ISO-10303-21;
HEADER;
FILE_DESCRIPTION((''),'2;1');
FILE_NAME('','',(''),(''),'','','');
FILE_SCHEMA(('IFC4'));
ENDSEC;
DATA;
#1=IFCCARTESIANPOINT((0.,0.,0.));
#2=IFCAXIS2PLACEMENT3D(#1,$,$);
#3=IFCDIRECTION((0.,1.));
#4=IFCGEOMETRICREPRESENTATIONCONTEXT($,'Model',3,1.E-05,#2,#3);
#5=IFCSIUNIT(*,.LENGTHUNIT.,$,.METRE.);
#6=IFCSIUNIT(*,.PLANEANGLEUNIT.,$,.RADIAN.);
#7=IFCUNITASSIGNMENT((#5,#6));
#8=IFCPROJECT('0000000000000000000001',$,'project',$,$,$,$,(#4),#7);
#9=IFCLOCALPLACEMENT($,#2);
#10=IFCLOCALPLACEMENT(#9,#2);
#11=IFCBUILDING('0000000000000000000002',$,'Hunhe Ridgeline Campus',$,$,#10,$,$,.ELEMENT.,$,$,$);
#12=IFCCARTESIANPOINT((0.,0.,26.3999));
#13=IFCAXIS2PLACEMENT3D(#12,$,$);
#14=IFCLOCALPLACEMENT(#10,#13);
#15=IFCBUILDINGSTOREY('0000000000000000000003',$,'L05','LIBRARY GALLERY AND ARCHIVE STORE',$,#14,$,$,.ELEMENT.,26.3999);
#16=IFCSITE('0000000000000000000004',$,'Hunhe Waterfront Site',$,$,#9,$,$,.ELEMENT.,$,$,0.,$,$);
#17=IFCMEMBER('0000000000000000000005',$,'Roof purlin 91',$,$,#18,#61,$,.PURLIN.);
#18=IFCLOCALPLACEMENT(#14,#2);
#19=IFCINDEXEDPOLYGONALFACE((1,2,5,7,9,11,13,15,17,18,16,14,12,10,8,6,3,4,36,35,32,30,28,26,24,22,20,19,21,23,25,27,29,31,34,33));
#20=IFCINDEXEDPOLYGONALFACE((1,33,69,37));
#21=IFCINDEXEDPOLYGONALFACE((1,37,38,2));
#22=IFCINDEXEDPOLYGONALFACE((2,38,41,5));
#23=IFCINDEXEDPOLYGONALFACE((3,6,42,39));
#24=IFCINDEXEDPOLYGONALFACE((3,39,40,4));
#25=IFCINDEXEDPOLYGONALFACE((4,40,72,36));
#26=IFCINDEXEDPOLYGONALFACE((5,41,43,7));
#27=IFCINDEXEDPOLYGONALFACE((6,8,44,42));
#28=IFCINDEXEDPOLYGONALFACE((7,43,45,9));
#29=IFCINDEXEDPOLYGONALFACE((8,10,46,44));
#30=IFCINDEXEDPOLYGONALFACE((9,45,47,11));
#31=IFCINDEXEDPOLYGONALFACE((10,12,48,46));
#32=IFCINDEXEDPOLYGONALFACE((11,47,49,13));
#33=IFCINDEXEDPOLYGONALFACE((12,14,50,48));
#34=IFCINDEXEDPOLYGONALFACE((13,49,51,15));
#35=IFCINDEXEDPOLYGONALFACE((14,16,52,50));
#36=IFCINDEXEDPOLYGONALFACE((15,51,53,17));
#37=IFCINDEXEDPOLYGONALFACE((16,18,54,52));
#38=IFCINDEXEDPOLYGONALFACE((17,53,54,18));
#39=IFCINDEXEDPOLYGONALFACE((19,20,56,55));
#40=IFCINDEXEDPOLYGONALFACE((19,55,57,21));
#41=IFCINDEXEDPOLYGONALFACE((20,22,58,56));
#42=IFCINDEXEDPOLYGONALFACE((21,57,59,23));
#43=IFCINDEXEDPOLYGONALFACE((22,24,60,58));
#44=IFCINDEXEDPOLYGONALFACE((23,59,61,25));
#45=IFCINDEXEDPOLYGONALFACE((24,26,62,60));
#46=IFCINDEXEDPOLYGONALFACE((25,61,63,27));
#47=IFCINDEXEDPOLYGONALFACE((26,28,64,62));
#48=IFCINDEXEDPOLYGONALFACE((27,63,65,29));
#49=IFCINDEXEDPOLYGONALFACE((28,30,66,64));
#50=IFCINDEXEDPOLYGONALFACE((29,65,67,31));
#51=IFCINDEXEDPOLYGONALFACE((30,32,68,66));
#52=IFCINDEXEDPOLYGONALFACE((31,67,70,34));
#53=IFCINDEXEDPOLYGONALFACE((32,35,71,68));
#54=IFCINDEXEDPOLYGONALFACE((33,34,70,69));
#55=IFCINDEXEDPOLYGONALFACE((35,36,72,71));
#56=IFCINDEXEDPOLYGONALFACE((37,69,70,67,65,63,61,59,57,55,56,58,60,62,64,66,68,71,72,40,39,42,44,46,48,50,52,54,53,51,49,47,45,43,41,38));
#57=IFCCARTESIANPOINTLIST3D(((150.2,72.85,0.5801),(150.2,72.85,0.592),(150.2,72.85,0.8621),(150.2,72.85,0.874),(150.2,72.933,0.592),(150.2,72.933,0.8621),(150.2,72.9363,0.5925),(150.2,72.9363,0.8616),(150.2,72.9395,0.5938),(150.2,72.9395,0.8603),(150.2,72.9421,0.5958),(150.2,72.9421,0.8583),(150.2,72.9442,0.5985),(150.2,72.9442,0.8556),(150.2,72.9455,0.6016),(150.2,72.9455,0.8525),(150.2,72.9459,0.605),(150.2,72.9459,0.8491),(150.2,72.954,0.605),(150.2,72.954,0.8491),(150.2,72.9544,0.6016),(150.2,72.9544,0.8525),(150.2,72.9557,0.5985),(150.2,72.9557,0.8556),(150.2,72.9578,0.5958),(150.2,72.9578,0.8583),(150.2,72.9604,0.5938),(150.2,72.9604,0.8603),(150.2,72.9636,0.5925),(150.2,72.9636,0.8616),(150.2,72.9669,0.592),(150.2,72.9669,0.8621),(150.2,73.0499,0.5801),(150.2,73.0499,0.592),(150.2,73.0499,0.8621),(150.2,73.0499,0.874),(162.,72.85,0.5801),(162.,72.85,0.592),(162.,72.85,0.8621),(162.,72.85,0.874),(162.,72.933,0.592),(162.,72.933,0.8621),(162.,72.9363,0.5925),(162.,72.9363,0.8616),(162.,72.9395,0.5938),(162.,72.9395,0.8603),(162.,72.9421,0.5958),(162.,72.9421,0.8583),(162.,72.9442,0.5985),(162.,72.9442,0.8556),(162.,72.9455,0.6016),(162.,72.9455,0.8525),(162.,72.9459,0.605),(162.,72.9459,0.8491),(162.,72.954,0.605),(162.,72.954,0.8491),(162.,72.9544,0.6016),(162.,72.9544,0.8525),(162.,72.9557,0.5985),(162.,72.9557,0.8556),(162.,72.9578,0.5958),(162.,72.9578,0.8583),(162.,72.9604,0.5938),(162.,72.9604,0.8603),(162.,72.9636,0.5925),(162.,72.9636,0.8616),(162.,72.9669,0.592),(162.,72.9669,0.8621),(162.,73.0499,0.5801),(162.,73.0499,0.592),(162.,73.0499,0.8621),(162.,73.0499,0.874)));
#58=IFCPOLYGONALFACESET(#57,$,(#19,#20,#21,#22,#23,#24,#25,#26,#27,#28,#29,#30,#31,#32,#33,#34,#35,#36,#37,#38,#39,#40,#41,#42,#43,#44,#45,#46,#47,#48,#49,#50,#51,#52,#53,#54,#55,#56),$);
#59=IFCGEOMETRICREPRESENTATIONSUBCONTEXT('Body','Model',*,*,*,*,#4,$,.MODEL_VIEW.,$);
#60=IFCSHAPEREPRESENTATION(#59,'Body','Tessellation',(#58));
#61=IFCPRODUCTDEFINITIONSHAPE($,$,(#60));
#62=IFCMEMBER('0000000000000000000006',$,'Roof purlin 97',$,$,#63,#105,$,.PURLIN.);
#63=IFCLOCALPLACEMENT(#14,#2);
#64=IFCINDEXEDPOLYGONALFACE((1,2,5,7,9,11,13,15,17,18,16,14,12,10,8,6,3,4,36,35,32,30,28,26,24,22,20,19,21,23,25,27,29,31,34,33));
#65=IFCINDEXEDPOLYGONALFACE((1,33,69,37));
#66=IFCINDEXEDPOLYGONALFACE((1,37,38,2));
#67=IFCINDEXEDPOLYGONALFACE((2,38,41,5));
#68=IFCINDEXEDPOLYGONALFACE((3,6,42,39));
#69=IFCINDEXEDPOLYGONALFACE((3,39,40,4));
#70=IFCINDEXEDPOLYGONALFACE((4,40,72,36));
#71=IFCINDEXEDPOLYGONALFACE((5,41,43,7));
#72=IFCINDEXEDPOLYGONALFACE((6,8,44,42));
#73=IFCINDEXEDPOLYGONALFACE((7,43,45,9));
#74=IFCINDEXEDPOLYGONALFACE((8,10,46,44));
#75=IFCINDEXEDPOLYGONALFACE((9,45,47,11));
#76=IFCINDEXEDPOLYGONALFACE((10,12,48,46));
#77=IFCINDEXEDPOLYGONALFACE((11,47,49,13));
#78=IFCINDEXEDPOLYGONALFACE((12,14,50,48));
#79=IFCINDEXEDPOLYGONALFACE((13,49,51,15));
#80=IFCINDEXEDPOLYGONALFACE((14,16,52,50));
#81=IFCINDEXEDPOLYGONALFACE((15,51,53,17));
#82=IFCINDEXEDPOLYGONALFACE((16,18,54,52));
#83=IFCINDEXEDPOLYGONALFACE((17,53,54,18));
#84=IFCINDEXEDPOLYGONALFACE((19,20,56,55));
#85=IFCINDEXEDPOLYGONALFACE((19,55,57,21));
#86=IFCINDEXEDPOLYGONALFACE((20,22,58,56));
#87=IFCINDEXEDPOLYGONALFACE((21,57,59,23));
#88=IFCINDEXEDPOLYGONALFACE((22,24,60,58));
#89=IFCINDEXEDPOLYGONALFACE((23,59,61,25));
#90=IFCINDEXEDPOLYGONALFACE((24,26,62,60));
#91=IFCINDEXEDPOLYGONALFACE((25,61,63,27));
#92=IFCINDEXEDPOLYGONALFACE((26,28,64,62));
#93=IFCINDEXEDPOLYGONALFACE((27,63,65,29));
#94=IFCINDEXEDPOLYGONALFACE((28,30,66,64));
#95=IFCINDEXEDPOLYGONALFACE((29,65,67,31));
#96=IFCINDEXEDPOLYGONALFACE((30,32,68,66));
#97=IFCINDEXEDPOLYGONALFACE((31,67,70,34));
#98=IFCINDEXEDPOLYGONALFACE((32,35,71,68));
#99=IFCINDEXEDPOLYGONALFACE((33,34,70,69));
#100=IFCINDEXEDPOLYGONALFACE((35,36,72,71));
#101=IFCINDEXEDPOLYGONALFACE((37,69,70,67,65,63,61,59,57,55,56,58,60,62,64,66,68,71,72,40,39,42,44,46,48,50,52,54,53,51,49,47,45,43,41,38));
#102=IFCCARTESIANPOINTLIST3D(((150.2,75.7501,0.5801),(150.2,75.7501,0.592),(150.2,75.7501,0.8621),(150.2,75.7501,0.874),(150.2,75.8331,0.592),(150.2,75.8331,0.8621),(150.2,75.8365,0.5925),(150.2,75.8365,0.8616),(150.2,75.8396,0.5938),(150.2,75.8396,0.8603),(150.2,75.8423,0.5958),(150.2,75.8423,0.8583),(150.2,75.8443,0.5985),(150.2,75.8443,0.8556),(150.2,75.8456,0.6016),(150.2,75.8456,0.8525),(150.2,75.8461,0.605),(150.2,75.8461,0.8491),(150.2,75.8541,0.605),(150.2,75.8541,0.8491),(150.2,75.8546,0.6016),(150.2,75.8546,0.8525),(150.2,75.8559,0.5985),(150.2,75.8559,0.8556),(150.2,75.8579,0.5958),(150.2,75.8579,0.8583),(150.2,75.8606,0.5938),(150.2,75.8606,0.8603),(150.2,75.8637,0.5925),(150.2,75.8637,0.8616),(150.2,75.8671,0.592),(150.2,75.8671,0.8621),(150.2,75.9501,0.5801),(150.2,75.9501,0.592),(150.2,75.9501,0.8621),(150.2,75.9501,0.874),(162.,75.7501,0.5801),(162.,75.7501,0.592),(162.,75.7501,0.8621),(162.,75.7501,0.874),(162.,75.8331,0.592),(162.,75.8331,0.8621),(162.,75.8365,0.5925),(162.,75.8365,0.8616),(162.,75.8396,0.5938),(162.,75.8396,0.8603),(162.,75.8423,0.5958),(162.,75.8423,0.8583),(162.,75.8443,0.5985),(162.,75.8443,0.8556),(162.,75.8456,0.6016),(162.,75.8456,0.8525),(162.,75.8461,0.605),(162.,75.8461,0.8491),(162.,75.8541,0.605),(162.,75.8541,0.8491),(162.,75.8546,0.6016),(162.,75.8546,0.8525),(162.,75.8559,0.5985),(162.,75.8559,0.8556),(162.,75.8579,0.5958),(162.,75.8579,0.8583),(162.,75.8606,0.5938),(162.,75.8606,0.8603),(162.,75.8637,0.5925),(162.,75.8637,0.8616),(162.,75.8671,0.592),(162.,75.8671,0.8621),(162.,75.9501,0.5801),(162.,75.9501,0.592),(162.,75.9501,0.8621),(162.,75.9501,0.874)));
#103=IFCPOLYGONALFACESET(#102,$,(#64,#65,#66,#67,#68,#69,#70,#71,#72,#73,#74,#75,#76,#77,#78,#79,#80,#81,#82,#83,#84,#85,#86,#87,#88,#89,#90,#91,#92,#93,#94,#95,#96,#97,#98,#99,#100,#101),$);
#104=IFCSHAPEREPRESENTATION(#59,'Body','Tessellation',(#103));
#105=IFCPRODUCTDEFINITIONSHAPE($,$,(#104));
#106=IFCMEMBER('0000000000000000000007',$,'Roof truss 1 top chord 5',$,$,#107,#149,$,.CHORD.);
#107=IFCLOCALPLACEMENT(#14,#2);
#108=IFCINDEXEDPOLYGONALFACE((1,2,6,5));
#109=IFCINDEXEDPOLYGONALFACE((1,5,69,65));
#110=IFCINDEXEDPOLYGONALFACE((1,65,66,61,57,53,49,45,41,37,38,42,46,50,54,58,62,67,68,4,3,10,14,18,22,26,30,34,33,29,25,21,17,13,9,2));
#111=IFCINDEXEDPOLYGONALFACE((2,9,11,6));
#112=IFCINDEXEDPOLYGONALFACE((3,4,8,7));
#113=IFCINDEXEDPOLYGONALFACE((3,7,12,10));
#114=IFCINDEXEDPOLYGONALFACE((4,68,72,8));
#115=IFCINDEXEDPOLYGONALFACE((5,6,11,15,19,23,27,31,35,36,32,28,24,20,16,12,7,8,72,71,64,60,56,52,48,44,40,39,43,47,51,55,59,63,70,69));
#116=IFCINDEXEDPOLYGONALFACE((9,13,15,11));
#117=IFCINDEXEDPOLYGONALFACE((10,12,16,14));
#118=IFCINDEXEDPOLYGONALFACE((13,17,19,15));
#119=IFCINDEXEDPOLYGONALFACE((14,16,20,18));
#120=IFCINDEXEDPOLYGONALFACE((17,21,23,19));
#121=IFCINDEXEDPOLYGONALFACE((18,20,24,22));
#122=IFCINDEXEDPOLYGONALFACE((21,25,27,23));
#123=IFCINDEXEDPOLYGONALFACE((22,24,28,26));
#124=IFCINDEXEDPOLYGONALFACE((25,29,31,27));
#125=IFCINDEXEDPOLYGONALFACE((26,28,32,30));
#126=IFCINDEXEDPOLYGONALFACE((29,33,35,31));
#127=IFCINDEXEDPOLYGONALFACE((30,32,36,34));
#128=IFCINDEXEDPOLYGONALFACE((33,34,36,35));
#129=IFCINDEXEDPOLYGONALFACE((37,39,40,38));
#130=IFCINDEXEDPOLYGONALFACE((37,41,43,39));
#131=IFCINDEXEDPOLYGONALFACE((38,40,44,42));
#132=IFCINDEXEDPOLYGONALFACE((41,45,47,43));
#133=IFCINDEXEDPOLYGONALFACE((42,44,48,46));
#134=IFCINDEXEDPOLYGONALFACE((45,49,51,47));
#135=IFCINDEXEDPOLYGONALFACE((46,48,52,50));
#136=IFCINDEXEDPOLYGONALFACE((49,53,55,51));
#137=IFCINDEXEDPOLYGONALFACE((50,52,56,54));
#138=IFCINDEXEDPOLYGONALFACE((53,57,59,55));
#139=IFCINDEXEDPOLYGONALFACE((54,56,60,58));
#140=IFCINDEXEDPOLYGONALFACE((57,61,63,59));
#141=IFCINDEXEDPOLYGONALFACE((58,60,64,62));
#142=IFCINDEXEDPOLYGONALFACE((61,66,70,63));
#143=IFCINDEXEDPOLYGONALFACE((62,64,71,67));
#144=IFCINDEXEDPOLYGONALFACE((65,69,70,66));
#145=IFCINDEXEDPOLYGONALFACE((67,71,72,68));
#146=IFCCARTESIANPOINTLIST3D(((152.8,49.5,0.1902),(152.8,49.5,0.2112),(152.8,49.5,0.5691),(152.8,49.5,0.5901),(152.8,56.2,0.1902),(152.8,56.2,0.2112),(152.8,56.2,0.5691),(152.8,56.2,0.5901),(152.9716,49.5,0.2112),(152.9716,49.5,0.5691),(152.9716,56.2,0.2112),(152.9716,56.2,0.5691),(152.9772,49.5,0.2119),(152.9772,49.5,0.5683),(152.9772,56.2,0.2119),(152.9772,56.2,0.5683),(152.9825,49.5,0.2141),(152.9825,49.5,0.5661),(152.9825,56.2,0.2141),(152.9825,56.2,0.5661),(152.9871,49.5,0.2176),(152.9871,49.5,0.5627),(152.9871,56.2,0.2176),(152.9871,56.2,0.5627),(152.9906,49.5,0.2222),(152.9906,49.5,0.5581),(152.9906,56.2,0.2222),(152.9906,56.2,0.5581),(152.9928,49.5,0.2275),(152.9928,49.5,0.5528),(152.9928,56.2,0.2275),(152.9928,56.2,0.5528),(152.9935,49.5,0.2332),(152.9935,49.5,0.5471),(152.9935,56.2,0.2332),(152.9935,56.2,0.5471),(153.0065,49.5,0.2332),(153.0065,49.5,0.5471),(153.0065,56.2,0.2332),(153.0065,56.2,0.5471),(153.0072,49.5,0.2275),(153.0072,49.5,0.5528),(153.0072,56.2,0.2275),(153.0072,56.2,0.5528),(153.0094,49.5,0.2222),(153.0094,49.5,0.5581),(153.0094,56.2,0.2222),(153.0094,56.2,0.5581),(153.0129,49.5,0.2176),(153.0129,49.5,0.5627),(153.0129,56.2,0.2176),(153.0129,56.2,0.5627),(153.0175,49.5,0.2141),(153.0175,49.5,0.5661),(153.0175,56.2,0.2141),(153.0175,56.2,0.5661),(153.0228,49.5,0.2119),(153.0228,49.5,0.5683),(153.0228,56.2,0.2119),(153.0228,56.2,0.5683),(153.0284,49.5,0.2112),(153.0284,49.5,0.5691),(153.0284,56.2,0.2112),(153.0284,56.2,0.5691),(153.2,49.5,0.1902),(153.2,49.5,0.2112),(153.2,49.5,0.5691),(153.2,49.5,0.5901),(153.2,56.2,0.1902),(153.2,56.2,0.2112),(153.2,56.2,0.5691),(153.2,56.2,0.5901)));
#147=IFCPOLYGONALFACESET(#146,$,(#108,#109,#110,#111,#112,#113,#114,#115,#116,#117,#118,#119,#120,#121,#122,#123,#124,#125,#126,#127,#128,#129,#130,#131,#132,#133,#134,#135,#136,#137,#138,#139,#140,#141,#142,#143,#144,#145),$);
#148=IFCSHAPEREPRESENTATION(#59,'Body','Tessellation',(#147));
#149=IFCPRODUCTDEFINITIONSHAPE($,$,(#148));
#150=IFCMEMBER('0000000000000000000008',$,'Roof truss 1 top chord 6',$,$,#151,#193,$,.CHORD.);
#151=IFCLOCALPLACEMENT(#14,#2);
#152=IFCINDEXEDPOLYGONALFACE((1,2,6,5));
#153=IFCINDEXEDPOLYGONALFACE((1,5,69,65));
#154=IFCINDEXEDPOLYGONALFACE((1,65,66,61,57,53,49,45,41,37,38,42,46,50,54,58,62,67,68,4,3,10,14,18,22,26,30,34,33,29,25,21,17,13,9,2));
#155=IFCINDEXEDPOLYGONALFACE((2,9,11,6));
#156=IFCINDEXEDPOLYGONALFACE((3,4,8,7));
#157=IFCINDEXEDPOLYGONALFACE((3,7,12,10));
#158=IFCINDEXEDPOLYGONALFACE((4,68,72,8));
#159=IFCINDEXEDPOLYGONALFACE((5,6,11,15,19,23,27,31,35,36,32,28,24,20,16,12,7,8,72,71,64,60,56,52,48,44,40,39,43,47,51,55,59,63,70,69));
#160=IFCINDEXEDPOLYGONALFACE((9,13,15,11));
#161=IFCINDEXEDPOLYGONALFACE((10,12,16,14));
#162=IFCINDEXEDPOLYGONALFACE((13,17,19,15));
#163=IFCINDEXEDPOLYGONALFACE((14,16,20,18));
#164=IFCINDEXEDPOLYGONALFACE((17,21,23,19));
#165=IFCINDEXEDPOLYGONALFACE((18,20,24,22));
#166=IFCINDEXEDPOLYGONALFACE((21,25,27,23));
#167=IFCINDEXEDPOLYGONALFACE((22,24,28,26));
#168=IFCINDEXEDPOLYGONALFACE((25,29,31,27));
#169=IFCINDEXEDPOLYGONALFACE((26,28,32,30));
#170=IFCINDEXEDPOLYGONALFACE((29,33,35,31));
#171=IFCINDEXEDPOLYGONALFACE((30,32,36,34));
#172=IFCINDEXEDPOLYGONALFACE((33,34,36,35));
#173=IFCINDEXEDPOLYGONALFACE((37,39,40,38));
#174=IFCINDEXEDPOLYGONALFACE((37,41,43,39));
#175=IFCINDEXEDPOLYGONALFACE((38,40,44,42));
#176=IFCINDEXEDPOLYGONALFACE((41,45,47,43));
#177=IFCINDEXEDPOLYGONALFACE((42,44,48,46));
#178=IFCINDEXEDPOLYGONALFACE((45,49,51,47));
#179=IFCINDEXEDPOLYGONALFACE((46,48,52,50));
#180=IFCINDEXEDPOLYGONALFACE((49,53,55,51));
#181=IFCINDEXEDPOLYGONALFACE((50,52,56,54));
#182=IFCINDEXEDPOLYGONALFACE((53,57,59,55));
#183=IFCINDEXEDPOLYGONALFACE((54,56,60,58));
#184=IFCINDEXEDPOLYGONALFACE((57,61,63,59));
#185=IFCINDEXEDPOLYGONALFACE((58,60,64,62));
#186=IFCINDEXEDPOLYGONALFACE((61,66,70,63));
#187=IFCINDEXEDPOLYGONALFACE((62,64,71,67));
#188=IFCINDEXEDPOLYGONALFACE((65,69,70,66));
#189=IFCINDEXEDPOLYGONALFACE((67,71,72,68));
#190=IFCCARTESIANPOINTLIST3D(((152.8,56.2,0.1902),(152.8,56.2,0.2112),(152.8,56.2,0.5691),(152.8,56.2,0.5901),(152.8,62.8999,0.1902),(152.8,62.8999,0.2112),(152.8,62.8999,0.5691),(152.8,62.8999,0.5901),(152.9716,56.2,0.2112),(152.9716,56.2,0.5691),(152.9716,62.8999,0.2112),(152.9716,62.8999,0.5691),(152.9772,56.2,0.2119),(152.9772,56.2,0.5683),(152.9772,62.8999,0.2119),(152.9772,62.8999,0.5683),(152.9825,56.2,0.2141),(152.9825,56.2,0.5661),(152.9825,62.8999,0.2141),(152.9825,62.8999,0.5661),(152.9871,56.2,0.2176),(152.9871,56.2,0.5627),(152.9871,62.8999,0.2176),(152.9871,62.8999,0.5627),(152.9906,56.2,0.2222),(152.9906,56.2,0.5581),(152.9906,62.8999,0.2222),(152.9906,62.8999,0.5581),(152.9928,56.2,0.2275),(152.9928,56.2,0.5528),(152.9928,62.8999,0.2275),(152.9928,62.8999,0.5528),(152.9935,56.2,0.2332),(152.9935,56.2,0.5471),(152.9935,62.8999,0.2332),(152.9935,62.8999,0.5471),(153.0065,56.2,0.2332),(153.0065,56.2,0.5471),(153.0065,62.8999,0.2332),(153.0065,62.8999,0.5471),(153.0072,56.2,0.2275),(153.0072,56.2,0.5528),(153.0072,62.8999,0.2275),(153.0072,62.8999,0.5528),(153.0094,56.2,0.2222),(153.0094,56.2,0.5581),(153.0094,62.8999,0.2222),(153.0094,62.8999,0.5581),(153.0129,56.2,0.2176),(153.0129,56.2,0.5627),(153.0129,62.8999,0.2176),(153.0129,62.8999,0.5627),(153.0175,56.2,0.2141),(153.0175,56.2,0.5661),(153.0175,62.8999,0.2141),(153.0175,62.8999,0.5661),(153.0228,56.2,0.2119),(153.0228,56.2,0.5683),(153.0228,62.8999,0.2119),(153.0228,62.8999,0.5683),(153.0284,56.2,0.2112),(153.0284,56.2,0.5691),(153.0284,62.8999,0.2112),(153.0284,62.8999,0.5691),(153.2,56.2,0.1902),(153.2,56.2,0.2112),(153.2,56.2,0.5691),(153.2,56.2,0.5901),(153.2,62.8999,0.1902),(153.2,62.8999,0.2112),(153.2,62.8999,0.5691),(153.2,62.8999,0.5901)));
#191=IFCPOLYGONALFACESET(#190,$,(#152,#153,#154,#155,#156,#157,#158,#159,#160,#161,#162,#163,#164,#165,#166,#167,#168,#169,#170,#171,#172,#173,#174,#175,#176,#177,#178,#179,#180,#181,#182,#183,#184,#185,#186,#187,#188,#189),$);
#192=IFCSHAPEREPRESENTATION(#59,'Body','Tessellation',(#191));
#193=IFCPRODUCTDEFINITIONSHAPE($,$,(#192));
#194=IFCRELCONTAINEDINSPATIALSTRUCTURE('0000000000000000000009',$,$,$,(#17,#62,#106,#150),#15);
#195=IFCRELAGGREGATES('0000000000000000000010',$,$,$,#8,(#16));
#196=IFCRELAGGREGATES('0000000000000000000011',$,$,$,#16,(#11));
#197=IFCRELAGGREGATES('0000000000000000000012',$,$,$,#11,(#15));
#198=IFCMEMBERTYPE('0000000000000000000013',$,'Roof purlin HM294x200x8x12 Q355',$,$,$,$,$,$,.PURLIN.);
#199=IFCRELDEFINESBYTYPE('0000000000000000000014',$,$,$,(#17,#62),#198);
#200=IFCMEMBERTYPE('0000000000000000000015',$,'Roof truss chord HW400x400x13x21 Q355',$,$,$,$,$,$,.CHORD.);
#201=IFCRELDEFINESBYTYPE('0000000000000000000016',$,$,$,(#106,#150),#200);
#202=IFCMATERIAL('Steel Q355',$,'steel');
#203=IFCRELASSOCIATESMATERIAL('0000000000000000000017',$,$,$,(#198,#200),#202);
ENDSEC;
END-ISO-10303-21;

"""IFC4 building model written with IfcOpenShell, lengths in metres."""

from ifc_helpers import new_model, si_unit, direction, frame, origin, origin_2d, place, context, subcontext, project, spatial, i_section, extrude, material, material_profile, profile_set, type_object, element, save


model = new_model("IFC4")

# Units and contexts
model_context = context("Model", 3, precision=1e-05, world=origin(), true_north=direction((0.0, 1.0)))
body_context = subcontext(model_context, "Body", "Model", "MODEL_VIEW")
ifc_project = project(units=[si_unit("LENGTHUNIT", "METRE"), si_unit("PLANEANGLEUNIT", "RADIAN")], contexts=[model_context])

# Site, building, storey
site_placement = place(None, origin())
site = spatial("IfcSite", under=ifc_project, at=site_placement, Name="Hunhe Waterfront Site", CompositionType="ELEMENT", RefElevation=0.0)
building_placement = place(site_placement, origin())
building = spatial("IfcBuilding", under=site, at=building_placement, Name="Hunhe Ridgeline Campus", CompositionType="ELEMENT")
storey_placement = place(building_placement, frame((0.0, 0.0, 26.3999)))
storey = spatial("IfcBuildingStorey", under=building, at=storey_placement, Name="L05", Description="LIBRARY GALLERY AND ARCHIVE STORE", CompositionType="ELEMENT", Elevation=26.3999)

# Members
ifc_material_1 = material(Name="Steel Q355", Category="steel")
ifc_material_profile_1 = material_profile(ifc_material_1, i_section(OverallWidth=0.2, OverallDepth=0.2939, WebThickness=0.0081, FlangeThickness=0.012, FilletRadius=0.0129, at=origin_2d()))
ifc_profile_set_1 = profile_set([ifc_material_profile_1], Name="Steel Q355")
member_type_1 = type_object("IfcMemberType", Name="Roof purlin HM294x200x8x12 Q355", PredefinedType="PURLIN", material=ifc_profile_set_1)
for number, where, z_axis, x_axis, name in (
    (1, (150.2, 72.95, 0.7271), (1.0, 0.0, 0.0), (0.0, 1.0, 0.0), "Roof purlin 91"),
    (2, (150.2, 75.8501, 0.7271), (1.0, 0.0, 0.0), (0.0, 1.0, 0.0), "Roof purlin 97"),
):
    element("IfcMember", number, at=place(storey_placement, frame(where, z_axis=z_axis, x_axis=x_axis)), inside=storey, type_object=member_type_1, Name=name, PredefinedType="PURLIN", context=body_context, shape_type="SweptSolid", body=[
        extrude(i_section(OverallWidth=0.2, OverallDepth=0.2939, WebThickness=0.0081, FlangeThickness=0.012, FilletRadius=0.0129, at=origin_2d()), origin(), (0.0, 0.0, 1.0), 11.8),
    ])
ifc_material_profile_2 = material_profile(ifc_material_1, i_section(OverallWidth=0.3999, OverallDepth=0.3999, WebThickness=0.0129, FlangeThickness=0.021, FilletRadius=0.022, at=origin_2d()))
ifc_profile_set_2 = profile_set([ifc_material_profile_2], Name="Steel Q355")
member_type_2 = type_object("IfcMemberType", Name="Roof truss chord HW400x400x13x21 Q355", PredefinedType="CHORD", material=ifc_profile_set_2)
for number, where, z_axis, x_axis, name in (
    (3, (153.0, 49.5, 0.3901), (0.0, 1.0, 0.0), (-1.0, 0.0, 0.0), "Roof truss 1 top chord 5"),
    (4, (153.0, 56.2, 0.3901), (0.0, 1.0, 0.0), (-1.0, 0.0, 0.0), "Roof truss 1 top chord 6"),
):
    element("IfcMember", number, at=place(storey_placement, frame(where, z_axis=z_axis, x_axis=x_axis)), inside=storey, type_object=member_type_2, Name=name, PredefinedType="CHORD", context=body_context, shape_type="SweptSolid", body=[
        extrude(i_section(OverallWidth=0.3999, OverallDepth=0.3999, WebThickness=0.0129, FlangeThickness=0.021, FilletRadius=0.022, at=origin_2d()), origin(), (0.0, 0.0, 1.0), 6.7),
    ])

save(model, "model.ifc")
